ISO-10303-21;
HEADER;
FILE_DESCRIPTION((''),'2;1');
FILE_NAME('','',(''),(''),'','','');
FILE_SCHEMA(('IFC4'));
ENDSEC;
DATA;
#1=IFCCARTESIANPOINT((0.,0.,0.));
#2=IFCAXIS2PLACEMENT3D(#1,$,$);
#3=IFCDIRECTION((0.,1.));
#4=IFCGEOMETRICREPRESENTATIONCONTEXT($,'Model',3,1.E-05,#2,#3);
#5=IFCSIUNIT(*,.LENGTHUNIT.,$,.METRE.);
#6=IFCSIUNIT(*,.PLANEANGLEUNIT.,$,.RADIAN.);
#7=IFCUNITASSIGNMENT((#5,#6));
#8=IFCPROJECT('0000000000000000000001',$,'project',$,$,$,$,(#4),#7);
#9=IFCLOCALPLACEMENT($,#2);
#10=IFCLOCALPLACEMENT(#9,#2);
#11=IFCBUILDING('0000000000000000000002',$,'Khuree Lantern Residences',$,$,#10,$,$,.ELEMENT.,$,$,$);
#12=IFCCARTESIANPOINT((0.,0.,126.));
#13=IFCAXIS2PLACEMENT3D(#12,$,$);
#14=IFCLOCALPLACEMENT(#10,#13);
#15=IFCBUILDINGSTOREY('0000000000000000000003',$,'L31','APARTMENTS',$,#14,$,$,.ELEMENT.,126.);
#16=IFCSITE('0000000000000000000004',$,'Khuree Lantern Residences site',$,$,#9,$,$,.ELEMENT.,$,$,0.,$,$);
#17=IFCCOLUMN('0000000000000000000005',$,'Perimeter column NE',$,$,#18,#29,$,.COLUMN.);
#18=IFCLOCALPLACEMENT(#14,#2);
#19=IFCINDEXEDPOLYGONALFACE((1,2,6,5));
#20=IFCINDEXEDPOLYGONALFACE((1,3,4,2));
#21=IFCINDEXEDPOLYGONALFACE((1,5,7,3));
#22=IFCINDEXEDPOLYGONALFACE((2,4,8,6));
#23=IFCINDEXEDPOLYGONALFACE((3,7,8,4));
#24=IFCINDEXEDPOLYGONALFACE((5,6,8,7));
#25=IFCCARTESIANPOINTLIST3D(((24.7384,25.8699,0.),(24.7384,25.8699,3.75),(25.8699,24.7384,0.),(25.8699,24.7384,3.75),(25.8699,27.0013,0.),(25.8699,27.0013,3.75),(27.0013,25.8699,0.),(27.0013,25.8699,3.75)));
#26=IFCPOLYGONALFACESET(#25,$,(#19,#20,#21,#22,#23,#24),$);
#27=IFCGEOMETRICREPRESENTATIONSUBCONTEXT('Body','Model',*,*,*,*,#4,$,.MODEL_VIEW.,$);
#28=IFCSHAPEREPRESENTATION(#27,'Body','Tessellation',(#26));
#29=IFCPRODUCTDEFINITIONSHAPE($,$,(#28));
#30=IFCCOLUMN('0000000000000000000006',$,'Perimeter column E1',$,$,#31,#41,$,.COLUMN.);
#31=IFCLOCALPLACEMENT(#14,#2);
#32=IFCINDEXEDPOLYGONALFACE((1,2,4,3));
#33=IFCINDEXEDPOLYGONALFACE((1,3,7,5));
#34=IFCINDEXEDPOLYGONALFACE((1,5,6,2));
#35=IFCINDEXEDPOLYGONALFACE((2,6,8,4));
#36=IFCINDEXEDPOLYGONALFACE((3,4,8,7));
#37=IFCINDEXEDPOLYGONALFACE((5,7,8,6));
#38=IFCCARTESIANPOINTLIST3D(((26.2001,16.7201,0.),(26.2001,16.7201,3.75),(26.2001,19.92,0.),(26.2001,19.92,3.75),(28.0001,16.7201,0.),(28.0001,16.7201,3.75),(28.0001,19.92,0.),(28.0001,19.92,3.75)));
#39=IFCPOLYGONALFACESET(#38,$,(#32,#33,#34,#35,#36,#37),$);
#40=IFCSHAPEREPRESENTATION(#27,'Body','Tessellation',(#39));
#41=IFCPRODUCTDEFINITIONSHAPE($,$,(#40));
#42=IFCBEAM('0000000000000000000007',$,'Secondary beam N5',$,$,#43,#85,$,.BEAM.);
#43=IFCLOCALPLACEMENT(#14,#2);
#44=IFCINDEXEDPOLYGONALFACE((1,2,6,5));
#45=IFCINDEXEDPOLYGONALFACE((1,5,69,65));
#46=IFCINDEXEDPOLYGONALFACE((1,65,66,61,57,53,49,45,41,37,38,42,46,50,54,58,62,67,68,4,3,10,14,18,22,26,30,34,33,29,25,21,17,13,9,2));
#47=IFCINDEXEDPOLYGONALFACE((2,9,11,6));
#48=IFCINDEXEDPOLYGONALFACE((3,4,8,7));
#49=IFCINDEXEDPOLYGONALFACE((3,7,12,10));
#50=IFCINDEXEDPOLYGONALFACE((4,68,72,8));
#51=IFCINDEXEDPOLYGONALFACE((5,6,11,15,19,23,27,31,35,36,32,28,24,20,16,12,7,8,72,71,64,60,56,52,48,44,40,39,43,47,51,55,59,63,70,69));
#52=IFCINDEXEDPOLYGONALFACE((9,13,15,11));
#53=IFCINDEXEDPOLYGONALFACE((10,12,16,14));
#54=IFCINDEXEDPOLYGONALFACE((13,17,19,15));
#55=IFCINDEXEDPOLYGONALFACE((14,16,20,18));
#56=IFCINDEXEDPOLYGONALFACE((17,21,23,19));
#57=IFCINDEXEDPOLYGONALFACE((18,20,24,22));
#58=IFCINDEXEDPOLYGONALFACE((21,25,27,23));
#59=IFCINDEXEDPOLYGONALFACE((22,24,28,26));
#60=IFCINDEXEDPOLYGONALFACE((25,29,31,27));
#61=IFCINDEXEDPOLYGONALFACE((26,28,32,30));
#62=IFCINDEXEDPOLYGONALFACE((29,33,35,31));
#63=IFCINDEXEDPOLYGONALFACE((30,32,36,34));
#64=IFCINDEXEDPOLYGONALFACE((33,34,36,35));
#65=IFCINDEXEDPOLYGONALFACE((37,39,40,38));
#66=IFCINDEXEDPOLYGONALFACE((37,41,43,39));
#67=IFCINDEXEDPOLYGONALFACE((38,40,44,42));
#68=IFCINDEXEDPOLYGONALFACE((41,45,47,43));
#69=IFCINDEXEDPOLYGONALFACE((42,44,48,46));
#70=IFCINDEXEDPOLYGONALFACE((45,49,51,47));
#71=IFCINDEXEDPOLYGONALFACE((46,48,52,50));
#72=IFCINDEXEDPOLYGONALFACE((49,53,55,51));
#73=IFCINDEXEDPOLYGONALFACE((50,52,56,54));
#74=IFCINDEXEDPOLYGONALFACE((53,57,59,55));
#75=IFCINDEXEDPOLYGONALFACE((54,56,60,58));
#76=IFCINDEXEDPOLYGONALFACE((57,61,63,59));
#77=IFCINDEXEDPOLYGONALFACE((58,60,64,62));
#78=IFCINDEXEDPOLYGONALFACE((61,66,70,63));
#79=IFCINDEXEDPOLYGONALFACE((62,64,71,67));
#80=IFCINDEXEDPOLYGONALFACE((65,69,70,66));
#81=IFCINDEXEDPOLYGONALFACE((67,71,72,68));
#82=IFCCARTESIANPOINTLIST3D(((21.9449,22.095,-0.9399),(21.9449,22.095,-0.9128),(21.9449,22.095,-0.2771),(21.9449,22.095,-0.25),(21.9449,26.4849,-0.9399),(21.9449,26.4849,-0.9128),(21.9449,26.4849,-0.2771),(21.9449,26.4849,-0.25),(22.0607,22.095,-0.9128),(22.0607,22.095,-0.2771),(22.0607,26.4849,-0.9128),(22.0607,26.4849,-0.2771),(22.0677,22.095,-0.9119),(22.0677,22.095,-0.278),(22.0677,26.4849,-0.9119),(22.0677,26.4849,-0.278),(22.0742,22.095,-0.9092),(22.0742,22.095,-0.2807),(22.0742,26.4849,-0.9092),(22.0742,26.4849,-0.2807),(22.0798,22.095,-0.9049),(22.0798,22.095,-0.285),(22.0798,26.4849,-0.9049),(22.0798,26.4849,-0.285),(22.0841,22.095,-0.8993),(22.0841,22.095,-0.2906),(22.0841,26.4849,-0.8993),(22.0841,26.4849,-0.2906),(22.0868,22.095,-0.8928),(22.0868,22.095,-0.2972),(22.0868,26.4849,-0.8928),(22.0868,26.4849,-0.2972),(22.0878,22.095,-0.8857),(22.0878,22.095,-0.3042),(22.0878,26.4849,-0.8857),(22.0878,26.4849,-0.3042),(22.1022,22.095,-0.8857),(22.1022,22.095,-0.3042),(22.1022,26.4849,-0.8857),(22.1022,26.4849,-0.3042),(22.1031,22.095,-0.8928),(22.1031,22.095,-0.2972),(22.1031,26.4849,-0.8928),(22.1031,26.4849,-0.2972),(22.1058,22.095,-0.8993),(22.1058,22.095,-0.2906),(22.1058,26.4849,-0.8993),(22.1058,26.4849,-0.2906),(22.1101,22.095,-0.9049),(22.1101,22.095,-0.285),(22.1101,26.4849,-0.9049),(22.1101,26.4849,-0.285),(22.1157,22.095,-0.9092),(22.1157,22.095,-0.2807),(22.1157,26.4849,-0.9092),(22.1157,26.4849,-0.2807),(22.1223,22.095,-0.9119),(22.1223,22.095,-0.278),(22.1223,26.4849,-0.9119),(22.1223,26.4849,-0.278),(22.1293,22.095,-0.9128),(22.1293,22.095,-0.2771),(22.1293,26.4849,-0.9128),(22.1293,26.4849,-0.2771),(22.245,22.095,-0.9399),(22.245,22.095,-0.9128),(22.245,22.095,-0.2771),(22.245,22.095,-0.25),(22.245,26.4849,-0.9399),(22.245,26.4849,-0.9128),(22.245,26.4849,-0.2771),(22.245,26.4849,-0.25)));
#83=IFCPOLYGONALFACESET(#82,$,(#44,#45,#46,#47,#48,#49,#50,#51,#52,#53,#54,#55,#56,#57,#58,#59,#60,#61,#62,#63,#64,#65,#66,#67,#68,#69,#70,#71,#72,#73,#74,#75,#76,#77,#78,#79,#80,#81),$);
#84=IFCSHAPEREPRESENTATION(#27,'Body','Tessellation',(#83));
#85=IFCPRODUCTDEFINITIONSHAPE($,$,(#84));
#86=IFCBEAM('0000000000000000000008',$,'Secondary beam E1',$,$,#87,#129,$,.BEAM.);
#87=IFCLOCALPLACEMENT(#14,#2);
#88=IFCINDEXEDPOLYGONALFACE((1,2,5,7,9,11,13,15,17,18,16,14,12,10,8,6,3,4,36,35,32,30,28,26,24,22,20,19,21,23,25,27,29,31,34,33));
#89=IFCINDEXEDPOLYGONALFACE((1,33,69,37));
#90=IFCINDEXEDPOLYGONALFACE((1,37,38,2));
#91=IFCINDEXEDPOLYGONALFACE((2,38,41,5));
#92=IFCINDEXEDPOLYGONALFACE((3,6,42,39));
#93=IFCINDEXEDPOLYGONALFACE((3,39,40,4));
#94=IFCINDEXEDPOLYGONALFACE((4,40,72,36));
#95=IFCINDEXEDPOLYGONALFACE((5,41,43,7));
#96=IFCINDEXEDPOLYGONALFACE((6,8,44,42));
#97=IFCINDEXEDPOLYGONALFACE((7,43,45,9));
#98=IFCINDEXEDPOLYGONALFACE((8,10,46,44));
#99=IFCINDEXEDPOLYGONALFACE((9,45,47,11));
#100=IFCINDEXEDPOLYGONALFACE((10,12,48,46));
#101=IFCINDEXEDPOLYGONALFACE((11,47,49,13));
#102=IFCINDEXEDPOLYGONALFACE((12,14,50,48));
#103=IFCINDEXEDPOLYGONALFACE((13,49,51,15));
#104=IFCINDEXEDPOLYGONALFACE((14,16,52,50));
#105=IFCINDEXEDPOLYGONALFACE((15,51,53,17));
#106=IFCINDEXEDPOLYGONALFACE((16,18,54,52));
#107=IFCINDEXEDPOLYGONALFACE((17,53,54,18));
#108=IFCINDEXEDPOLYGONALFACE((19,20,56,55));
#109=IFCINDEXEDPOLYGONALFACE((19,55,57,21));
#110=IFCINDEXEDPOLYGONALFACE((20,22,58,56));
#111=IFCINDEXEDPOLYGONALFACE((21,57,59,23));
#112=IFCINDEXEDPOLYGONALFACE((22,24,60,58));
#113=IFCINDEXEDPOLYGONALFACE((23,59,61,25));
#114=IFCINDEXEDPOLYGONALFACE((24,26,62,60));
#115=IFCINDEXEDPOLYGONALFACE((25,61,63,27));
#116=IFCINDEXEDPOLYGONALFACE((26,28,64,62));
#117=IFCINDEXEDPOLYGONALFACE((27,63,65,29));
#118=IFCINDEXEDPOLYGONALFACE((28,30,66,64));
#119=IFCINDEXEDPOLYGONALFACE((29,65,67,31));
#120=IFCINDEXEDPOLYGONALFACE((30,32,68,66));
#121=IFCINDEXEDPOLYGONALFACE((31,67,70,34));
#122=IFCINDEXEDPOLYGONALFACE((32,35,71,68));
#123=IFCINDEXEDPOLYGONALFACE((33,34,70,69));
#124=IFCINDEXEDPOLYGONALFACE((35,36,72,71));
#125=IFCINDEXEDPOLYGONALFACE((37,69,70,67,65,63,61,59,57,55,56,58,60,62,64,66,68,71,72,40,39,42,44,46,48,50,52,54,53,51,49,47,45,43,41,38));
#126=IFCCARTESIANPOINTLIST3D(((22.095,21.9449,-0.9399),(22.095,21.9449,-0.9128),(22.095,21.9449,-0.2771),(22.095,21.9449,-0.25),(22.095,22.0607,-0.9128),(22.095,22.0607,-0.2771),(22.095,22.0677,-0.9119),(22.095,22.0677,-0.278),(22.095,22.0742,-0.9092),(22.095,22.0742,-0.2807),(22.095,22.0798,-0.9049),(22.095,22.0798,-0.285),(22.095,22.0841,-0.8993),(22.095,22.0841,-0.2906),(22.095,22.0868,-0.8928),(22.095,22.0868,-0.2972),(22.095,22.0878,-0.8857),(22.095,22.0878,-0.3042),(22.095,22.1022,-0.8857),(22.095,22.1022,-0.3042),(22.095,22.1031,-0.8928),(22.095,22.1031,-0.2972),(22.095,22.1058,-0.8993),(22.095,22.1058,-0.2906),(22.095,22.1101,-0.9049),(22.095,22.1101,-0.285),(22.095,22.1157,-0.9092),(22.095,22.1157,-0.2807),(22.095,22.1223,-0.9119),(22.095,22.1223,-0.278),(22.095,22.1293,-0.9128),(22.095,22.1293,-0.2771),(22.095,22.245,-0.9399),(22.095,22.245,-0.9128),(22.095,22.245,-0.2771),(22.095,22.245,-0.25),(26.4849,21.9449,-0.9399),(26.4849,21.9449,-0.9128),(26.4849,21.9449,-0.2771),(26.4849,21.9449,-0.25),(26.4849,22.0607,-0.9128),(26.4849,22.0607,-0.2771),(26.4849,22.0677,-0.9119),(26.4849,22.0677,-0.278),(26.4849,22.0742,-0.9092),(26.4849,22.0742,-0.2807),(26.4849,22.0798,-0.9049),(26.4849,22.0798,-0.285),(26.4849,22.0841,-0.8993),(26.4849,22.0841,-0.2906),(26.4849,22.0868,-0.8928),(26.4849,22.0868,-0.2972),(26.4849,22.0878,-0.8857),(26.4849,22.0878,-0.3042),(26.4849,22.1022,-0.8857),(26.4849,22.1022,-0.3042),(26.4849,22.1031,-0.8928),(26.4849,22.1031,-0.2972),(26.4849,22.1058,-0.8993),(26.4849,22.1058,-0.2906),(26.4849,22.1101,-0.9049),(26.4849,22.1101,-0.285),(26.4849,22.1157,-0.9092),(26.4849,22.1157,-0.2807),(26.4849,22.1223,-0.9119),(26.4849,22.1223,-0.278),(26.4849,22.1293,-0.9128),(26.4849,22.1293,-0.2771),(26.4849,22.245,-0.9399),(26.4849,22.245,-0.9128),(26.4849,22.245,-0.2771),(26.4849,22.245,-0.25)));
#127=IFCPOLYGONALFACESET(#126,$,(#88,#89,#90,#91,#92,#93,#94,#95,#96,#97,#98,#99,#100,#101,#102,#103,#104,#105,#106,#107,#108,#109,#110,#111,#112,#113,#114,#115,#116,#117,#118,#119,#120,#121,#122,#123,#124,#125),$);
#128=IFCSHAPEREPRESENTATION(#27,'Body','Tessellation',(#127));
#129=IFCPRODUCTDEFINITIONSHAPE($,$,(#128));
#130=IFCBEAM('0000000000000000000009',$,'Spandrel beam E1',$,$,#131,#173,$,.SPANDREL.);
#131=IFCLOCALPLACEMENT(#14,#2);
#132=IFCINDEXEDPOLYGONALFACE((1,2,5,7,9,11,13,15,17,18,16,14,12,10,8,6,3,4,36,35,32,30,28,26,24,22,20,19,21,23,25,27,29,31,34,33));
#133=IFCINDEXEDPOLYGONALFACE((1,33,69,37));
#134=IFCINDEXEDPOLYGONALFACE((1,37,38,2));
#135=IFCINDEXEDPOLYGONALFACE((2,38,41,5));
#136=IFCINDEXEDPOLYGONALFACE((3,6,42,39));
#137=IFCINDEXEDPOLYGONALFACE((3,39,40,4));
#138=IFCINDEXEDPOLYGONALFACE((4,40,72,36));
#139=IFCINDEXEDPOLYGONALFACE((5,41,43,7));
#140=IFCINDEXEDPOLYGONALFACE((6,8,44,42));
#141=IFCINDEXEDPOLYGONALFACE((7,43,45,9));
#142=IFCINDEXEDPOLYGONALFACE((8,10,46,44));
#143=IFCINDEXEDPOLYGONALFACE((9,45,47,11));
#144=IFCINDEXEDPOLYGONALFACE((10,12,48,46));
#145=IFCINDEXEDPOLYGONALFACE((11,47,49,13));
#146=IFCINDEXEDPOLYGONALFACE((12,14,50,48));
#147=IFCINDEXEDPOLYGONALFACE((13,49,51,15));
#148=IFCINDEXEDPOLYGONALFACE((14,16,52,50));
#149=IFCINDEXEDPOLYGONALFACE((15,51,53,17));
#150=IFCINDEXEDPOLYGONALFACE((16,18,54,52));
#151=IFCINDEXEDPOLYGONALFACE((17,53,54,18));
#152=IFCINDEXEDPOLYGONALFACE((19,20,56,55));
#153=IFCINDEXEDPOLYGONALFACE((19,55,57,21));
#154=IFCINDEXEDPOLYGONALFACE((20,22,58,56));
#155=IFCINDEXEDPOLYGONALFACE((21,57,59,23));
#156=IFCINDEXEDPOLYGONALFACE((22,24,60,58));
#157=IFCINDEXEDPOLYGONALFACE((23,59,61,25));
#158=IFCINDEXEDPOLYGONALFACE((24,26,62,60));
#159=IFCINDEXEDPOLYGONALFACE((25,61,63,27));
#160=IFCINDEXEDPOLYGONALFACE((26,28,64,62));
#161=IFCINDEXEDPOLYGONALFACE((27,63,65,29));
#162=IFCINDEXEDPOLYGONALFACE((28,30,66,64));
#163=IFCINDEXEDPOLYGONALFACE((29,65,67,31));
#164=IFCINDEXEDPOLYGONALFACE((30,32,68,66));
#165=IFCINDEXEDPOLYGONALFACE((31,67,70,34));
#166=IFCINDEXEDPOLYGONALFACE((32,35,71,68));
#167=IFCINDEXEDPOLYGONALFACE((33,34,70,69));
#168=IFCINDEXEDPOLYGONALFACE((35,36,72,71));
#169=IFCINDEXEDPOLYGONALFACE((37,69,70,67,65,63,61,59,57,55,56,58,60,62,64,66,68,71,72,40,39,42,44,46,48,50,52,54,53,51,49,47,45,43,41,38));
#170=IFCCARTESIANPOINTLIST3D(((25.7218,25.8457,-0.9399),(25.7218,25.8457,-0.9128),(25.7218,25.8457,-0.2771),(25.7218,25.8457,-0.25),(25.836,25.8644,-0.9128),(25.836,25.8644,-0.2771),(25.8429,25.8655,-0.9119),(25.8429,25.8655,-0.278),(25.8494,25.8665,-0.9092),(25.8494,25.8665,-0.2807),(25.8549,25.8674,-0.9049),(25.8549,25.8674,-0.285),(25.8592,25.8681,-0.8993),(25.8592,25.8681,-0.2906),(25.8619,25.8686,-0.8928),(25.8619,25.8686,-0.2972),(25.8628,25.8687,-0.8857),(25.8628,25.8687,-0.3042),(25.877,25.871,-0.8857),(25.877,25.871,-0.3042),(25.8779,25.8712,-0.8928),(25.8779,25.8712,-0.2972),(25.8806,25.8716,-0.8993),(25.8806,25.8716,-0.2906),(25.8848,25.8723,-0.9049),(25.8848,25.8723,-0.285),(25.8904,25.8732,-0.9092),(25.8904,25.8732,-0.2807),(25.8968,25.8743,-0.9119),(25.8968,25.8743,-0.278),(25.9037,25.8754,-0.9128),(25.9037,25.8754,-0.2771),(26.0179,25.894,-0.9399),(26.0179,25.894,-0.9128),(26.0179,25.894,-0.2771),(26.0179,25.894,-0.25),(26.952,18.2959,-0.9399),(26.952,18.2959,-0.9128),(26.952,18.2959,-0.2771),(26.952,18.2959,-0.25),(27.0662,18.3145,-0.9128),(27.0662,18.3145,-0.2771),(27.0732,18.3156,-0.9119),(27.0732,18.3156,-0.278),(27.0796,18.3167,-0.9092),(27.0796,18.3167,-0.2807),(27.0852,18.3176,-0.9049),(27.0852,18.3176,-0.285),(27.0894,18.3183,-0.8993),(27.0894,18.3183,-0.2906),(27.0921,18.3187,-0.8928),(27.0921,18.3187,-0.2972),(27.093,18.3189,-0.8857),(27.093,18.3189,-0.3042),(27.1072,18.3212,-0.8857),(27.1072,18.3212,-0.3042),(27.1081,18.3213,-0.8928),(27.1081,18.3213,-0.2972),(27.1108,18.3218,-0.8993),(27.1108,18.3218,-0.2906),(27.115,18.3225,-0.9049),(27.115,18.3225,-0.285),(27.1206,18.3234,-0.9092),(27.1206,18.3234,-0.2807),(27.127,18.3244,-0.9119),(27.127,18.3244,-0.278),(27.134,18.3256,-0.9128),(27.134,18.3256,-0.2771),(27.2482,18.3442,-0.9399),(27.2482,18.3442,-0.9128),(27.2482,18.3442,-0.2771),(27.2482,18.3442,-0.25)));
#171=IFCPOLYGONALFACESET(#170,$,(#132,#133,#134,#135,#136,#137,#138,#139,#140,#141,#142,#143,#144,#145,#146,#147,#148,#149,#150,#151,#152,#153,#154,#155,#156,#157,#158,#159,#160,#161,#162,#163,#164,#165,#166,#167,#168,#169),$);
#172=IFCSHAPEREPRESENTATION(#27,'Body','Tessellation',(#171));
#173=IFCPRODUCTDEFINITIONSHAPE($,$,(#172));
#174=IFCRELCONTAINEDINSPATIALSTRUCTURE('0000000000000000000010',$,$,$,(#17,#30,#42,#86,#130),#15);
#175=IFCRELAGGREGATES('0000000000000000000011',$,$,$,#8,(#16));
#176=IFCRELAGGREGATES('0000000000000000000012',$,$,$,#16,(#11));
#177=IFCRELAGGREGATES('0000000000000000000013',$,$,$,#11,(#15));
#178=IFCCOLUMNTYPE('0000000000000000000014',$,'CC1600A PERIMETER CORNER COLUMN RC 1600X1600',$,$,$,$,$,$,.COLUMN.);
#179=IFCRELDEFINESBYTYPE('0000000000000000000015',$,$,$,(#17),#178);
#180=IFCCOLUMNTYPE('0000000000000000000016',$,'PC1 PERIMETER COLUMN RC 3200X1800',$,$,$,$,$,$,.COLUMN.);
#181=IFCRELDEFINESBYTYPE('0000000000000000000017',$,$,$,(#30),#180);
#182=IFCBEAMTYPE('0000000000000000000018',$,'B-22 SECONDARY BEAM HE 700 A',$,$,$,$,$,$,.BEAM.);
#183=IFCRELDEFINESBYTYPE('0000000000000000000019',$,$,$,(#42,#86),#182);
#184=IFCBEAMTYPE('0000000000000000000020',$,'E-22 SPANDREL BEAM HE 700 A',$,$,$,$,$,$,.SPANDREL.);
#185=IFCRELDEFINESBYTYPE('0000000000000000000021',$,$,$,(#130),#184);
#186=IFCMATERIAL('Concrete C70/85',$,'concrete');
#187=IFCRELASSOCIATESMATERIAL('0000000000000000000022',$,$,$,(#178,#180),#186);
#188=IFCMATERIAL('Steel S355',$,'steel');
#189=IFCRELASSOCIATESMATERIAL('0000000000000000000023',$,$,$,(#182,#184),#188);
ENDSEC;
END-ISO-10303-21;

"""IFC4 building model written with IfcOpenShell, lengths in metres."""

from ifc_helpers import new_model, si_unit, direction, frame, origin, origin_2d, place, context, subcontext, project, spatial, rectangle, i_section, extrude, material, material_profile, profile_set, type_object, element, save


model = new_model("IFC4")

# Units and contexts
model_context = context("Model", 3, precision=1e-05, world=origin(), true_north=direction((0.0, 1.0)))
body_context = subcontext(model_context, "Body", "Model", "MODEL_VIEW")
ifc_project = project(units=[si_unit("LENGTHUNIT", "METRE"), si_unit("PLANEANGLEUNIT", "RADIAN")], contexts=[model_context])

# Site, building, storey
site_placement = place(None, origin())
site = spatial("IfcSite", under=ifc_project, at=site_placement, Name="Khuree Lantern Residences site", CompositionType="ELEMENT", RefElevation=0.0)
building_placement = place(site_placement, origin())
building = spatial("IfcBuilding", under=site, at=building_placement, Name="Khuree Lantern Residences", CompositionType="ELEMENT")
storey_placement = place(building_placement, frame((0.0, 0.0, 126.0)))
storey = spatial("IfcBuildingStorey", under=building, at=storey_placement, Name="L31", Description="APARTMENTS", CompositionType="ELEMENT", Elevation=126.0)

# Columns
ifc_material_1 = material(Name="Concrete C70/85", Category="concrete")
ifc_material_profile_1 = material_profile(ifc_material_1, rectangle(XDim=1.6001, YDim=1.6001, at=origin_2d()), Name="RC 1600X1600")
ifc_profile_set_1 = profile_set([ifc_material_profile_1], Name="Concrete C70/85")
column_type_1 = type_object("IfcColumnType", Name="CC1600A PERIMETER CORNER COLUMN RC 1600X1600", PredefinedType="COLUMN", material=ifc_profile_set_1)
column_1_placement = place(storey_placement, frame((25.8699, 25.8699, 0.0), z_axis=(0.0, 0.0, 1.0), x_axis=(0.707107, -0.707107, 0.0)))
element("IfcColumn", 1, at=column_1_placement, inside=storey, type_object=column_type_1, Name="Perimeter column NE", PredefinedType="COLUMN", context=body_context, shape_type="SweptSolid", body=[
    extrude(rectangle(XDim=1.6001, YDim=1.6001, at=origin_2d()), origin(), (0.0, 0.0, 1.0), 3.75),
])
ifc_material_profile_2 = material_profile(ifc_material_1, rectangle(XDim=3.2, YDim=1.8, at=origin_2d()), Name="RC 3200X1800")
ifc_profile_set_2 = profile_set([ifc_material_profile_2], Name="Concrete C70/85")
column_type_2 = type_object("IfcColumnType", Name="PC1 PERIMETER COLUMN RC 3200X1800", PredefinedType="COLUMN", material=ifc_profile_set_2)
column_2_placement = place(storey_placement, frame((27.1001, 18.3201, 0.0), z_axis=(0.0, 0.0, 1.0), x_axis=(0.0, 1.0, 0.0)))
element("IfcColumn", 2, at=column_2_placement, inside=storey, type_object=column_type_2, Name="Perimeter column E1", PredefinedType="COLUMN", context=body_context, shape_type="SweptSolid", body=[
    extrude(rectangle(XDim=3.2, YDim=1.8, at=origin_2d()), origin(), (0.0, 0.0, 1.0), 3.75),
])

# Beams
ifc_material_2 = material(Name="Steel S355", Category="steel")
ifc_material_profile_3 = material_profile(ifc_material_2, i_section(OverallWidth=0.3, OverallDepth=0.6899, WebThickness=0.0144, FlangeThickness=0.0271, FilletRadius=0.0271, at=origin_2d()), Name="HE 700 A")
ifc_profile_set_3 = profile_set([ifc_material_profile_3], Name="Steel S355")
beam_type_1 = type_object("IfcBeamType", Name="B-22 SECONDARY BEAM HE 700 A", PredefinedType="BEAM", material=ifc_profile_set_3)
for number, where, z_axis, x_axis, name in (
    (3, (22.095, 26.4849, -0.595), (0.0, -1.0, 0.0), (1.0, 0.0, 0.0), "Secondary beam N5"),
    (4, (26.4849, 22.095, -0.595), (-1.0, 0.0, 0.0), (0.0, -1.0, 0.0), "Secondary beam E1"),
):
    element("IfcBeam", number, at=place(storey_placement, frame(where, z_axis=z_axis, x_axis=x_axis)), inside=storey, type_object=beam_type_1, Name=name, PredefinedType="BEAM", context=body_context, shape_type="SweptSolid", body=[
        extrude(i_section(OverallWidth=0.3, OverallDepth=0.6899, WebThickness=0.0144, FlangeThickness=0.0271, FilletRadius=0.0271, at=origin_2d()), origin(), (0.0, 0.0, 1.0), 4.3899),
    ])
ifc_material_profile_4 = material_profile(ifc_material_2, i_section(OverallWidth=0.3, OverallDepth=0.6899, WebThickness=0.0144, FlangeThickness=0.0271, FilletRadius=0.0271, at=origin_2d()), Name="HE 700 A")
ifc_profile_set_4 = profile_set([ifc_material_profile_4], Name="Steel S355")
beam_type_2 = type_object("IfcBeamType", Name="E-22 SPANDREL BEAM HE 700 A", PredefinedType="SPANDREL", material=ifc_profile_set_4)
beam_1_placement = place(storey_placement, frame((25.8699, 25.8699, -0.595), z_axis=(0.160827, -0.986983, 0.0), x_axis=(0.986983, 0.160827, 0.0)))
element("IfcBeam", 5, at=beam_1_placement, inside=storey, type_object=beam_type_2, Name="Spandrel beam E1", PredefinedType="SPANDREL", context=body_context, shape_type="SweptSolid", body=[
    extrude(i_section(OverallWidth=0.3, OverallDepth=0.6899, WebThickness=0.0144, FlangeThickness=0.0271, FilletRadius=0.0271, at=origin_2d()), origin(), (0.0, 0.0, 1.0), 7.6494),
])

save(model, "model.ifc")
